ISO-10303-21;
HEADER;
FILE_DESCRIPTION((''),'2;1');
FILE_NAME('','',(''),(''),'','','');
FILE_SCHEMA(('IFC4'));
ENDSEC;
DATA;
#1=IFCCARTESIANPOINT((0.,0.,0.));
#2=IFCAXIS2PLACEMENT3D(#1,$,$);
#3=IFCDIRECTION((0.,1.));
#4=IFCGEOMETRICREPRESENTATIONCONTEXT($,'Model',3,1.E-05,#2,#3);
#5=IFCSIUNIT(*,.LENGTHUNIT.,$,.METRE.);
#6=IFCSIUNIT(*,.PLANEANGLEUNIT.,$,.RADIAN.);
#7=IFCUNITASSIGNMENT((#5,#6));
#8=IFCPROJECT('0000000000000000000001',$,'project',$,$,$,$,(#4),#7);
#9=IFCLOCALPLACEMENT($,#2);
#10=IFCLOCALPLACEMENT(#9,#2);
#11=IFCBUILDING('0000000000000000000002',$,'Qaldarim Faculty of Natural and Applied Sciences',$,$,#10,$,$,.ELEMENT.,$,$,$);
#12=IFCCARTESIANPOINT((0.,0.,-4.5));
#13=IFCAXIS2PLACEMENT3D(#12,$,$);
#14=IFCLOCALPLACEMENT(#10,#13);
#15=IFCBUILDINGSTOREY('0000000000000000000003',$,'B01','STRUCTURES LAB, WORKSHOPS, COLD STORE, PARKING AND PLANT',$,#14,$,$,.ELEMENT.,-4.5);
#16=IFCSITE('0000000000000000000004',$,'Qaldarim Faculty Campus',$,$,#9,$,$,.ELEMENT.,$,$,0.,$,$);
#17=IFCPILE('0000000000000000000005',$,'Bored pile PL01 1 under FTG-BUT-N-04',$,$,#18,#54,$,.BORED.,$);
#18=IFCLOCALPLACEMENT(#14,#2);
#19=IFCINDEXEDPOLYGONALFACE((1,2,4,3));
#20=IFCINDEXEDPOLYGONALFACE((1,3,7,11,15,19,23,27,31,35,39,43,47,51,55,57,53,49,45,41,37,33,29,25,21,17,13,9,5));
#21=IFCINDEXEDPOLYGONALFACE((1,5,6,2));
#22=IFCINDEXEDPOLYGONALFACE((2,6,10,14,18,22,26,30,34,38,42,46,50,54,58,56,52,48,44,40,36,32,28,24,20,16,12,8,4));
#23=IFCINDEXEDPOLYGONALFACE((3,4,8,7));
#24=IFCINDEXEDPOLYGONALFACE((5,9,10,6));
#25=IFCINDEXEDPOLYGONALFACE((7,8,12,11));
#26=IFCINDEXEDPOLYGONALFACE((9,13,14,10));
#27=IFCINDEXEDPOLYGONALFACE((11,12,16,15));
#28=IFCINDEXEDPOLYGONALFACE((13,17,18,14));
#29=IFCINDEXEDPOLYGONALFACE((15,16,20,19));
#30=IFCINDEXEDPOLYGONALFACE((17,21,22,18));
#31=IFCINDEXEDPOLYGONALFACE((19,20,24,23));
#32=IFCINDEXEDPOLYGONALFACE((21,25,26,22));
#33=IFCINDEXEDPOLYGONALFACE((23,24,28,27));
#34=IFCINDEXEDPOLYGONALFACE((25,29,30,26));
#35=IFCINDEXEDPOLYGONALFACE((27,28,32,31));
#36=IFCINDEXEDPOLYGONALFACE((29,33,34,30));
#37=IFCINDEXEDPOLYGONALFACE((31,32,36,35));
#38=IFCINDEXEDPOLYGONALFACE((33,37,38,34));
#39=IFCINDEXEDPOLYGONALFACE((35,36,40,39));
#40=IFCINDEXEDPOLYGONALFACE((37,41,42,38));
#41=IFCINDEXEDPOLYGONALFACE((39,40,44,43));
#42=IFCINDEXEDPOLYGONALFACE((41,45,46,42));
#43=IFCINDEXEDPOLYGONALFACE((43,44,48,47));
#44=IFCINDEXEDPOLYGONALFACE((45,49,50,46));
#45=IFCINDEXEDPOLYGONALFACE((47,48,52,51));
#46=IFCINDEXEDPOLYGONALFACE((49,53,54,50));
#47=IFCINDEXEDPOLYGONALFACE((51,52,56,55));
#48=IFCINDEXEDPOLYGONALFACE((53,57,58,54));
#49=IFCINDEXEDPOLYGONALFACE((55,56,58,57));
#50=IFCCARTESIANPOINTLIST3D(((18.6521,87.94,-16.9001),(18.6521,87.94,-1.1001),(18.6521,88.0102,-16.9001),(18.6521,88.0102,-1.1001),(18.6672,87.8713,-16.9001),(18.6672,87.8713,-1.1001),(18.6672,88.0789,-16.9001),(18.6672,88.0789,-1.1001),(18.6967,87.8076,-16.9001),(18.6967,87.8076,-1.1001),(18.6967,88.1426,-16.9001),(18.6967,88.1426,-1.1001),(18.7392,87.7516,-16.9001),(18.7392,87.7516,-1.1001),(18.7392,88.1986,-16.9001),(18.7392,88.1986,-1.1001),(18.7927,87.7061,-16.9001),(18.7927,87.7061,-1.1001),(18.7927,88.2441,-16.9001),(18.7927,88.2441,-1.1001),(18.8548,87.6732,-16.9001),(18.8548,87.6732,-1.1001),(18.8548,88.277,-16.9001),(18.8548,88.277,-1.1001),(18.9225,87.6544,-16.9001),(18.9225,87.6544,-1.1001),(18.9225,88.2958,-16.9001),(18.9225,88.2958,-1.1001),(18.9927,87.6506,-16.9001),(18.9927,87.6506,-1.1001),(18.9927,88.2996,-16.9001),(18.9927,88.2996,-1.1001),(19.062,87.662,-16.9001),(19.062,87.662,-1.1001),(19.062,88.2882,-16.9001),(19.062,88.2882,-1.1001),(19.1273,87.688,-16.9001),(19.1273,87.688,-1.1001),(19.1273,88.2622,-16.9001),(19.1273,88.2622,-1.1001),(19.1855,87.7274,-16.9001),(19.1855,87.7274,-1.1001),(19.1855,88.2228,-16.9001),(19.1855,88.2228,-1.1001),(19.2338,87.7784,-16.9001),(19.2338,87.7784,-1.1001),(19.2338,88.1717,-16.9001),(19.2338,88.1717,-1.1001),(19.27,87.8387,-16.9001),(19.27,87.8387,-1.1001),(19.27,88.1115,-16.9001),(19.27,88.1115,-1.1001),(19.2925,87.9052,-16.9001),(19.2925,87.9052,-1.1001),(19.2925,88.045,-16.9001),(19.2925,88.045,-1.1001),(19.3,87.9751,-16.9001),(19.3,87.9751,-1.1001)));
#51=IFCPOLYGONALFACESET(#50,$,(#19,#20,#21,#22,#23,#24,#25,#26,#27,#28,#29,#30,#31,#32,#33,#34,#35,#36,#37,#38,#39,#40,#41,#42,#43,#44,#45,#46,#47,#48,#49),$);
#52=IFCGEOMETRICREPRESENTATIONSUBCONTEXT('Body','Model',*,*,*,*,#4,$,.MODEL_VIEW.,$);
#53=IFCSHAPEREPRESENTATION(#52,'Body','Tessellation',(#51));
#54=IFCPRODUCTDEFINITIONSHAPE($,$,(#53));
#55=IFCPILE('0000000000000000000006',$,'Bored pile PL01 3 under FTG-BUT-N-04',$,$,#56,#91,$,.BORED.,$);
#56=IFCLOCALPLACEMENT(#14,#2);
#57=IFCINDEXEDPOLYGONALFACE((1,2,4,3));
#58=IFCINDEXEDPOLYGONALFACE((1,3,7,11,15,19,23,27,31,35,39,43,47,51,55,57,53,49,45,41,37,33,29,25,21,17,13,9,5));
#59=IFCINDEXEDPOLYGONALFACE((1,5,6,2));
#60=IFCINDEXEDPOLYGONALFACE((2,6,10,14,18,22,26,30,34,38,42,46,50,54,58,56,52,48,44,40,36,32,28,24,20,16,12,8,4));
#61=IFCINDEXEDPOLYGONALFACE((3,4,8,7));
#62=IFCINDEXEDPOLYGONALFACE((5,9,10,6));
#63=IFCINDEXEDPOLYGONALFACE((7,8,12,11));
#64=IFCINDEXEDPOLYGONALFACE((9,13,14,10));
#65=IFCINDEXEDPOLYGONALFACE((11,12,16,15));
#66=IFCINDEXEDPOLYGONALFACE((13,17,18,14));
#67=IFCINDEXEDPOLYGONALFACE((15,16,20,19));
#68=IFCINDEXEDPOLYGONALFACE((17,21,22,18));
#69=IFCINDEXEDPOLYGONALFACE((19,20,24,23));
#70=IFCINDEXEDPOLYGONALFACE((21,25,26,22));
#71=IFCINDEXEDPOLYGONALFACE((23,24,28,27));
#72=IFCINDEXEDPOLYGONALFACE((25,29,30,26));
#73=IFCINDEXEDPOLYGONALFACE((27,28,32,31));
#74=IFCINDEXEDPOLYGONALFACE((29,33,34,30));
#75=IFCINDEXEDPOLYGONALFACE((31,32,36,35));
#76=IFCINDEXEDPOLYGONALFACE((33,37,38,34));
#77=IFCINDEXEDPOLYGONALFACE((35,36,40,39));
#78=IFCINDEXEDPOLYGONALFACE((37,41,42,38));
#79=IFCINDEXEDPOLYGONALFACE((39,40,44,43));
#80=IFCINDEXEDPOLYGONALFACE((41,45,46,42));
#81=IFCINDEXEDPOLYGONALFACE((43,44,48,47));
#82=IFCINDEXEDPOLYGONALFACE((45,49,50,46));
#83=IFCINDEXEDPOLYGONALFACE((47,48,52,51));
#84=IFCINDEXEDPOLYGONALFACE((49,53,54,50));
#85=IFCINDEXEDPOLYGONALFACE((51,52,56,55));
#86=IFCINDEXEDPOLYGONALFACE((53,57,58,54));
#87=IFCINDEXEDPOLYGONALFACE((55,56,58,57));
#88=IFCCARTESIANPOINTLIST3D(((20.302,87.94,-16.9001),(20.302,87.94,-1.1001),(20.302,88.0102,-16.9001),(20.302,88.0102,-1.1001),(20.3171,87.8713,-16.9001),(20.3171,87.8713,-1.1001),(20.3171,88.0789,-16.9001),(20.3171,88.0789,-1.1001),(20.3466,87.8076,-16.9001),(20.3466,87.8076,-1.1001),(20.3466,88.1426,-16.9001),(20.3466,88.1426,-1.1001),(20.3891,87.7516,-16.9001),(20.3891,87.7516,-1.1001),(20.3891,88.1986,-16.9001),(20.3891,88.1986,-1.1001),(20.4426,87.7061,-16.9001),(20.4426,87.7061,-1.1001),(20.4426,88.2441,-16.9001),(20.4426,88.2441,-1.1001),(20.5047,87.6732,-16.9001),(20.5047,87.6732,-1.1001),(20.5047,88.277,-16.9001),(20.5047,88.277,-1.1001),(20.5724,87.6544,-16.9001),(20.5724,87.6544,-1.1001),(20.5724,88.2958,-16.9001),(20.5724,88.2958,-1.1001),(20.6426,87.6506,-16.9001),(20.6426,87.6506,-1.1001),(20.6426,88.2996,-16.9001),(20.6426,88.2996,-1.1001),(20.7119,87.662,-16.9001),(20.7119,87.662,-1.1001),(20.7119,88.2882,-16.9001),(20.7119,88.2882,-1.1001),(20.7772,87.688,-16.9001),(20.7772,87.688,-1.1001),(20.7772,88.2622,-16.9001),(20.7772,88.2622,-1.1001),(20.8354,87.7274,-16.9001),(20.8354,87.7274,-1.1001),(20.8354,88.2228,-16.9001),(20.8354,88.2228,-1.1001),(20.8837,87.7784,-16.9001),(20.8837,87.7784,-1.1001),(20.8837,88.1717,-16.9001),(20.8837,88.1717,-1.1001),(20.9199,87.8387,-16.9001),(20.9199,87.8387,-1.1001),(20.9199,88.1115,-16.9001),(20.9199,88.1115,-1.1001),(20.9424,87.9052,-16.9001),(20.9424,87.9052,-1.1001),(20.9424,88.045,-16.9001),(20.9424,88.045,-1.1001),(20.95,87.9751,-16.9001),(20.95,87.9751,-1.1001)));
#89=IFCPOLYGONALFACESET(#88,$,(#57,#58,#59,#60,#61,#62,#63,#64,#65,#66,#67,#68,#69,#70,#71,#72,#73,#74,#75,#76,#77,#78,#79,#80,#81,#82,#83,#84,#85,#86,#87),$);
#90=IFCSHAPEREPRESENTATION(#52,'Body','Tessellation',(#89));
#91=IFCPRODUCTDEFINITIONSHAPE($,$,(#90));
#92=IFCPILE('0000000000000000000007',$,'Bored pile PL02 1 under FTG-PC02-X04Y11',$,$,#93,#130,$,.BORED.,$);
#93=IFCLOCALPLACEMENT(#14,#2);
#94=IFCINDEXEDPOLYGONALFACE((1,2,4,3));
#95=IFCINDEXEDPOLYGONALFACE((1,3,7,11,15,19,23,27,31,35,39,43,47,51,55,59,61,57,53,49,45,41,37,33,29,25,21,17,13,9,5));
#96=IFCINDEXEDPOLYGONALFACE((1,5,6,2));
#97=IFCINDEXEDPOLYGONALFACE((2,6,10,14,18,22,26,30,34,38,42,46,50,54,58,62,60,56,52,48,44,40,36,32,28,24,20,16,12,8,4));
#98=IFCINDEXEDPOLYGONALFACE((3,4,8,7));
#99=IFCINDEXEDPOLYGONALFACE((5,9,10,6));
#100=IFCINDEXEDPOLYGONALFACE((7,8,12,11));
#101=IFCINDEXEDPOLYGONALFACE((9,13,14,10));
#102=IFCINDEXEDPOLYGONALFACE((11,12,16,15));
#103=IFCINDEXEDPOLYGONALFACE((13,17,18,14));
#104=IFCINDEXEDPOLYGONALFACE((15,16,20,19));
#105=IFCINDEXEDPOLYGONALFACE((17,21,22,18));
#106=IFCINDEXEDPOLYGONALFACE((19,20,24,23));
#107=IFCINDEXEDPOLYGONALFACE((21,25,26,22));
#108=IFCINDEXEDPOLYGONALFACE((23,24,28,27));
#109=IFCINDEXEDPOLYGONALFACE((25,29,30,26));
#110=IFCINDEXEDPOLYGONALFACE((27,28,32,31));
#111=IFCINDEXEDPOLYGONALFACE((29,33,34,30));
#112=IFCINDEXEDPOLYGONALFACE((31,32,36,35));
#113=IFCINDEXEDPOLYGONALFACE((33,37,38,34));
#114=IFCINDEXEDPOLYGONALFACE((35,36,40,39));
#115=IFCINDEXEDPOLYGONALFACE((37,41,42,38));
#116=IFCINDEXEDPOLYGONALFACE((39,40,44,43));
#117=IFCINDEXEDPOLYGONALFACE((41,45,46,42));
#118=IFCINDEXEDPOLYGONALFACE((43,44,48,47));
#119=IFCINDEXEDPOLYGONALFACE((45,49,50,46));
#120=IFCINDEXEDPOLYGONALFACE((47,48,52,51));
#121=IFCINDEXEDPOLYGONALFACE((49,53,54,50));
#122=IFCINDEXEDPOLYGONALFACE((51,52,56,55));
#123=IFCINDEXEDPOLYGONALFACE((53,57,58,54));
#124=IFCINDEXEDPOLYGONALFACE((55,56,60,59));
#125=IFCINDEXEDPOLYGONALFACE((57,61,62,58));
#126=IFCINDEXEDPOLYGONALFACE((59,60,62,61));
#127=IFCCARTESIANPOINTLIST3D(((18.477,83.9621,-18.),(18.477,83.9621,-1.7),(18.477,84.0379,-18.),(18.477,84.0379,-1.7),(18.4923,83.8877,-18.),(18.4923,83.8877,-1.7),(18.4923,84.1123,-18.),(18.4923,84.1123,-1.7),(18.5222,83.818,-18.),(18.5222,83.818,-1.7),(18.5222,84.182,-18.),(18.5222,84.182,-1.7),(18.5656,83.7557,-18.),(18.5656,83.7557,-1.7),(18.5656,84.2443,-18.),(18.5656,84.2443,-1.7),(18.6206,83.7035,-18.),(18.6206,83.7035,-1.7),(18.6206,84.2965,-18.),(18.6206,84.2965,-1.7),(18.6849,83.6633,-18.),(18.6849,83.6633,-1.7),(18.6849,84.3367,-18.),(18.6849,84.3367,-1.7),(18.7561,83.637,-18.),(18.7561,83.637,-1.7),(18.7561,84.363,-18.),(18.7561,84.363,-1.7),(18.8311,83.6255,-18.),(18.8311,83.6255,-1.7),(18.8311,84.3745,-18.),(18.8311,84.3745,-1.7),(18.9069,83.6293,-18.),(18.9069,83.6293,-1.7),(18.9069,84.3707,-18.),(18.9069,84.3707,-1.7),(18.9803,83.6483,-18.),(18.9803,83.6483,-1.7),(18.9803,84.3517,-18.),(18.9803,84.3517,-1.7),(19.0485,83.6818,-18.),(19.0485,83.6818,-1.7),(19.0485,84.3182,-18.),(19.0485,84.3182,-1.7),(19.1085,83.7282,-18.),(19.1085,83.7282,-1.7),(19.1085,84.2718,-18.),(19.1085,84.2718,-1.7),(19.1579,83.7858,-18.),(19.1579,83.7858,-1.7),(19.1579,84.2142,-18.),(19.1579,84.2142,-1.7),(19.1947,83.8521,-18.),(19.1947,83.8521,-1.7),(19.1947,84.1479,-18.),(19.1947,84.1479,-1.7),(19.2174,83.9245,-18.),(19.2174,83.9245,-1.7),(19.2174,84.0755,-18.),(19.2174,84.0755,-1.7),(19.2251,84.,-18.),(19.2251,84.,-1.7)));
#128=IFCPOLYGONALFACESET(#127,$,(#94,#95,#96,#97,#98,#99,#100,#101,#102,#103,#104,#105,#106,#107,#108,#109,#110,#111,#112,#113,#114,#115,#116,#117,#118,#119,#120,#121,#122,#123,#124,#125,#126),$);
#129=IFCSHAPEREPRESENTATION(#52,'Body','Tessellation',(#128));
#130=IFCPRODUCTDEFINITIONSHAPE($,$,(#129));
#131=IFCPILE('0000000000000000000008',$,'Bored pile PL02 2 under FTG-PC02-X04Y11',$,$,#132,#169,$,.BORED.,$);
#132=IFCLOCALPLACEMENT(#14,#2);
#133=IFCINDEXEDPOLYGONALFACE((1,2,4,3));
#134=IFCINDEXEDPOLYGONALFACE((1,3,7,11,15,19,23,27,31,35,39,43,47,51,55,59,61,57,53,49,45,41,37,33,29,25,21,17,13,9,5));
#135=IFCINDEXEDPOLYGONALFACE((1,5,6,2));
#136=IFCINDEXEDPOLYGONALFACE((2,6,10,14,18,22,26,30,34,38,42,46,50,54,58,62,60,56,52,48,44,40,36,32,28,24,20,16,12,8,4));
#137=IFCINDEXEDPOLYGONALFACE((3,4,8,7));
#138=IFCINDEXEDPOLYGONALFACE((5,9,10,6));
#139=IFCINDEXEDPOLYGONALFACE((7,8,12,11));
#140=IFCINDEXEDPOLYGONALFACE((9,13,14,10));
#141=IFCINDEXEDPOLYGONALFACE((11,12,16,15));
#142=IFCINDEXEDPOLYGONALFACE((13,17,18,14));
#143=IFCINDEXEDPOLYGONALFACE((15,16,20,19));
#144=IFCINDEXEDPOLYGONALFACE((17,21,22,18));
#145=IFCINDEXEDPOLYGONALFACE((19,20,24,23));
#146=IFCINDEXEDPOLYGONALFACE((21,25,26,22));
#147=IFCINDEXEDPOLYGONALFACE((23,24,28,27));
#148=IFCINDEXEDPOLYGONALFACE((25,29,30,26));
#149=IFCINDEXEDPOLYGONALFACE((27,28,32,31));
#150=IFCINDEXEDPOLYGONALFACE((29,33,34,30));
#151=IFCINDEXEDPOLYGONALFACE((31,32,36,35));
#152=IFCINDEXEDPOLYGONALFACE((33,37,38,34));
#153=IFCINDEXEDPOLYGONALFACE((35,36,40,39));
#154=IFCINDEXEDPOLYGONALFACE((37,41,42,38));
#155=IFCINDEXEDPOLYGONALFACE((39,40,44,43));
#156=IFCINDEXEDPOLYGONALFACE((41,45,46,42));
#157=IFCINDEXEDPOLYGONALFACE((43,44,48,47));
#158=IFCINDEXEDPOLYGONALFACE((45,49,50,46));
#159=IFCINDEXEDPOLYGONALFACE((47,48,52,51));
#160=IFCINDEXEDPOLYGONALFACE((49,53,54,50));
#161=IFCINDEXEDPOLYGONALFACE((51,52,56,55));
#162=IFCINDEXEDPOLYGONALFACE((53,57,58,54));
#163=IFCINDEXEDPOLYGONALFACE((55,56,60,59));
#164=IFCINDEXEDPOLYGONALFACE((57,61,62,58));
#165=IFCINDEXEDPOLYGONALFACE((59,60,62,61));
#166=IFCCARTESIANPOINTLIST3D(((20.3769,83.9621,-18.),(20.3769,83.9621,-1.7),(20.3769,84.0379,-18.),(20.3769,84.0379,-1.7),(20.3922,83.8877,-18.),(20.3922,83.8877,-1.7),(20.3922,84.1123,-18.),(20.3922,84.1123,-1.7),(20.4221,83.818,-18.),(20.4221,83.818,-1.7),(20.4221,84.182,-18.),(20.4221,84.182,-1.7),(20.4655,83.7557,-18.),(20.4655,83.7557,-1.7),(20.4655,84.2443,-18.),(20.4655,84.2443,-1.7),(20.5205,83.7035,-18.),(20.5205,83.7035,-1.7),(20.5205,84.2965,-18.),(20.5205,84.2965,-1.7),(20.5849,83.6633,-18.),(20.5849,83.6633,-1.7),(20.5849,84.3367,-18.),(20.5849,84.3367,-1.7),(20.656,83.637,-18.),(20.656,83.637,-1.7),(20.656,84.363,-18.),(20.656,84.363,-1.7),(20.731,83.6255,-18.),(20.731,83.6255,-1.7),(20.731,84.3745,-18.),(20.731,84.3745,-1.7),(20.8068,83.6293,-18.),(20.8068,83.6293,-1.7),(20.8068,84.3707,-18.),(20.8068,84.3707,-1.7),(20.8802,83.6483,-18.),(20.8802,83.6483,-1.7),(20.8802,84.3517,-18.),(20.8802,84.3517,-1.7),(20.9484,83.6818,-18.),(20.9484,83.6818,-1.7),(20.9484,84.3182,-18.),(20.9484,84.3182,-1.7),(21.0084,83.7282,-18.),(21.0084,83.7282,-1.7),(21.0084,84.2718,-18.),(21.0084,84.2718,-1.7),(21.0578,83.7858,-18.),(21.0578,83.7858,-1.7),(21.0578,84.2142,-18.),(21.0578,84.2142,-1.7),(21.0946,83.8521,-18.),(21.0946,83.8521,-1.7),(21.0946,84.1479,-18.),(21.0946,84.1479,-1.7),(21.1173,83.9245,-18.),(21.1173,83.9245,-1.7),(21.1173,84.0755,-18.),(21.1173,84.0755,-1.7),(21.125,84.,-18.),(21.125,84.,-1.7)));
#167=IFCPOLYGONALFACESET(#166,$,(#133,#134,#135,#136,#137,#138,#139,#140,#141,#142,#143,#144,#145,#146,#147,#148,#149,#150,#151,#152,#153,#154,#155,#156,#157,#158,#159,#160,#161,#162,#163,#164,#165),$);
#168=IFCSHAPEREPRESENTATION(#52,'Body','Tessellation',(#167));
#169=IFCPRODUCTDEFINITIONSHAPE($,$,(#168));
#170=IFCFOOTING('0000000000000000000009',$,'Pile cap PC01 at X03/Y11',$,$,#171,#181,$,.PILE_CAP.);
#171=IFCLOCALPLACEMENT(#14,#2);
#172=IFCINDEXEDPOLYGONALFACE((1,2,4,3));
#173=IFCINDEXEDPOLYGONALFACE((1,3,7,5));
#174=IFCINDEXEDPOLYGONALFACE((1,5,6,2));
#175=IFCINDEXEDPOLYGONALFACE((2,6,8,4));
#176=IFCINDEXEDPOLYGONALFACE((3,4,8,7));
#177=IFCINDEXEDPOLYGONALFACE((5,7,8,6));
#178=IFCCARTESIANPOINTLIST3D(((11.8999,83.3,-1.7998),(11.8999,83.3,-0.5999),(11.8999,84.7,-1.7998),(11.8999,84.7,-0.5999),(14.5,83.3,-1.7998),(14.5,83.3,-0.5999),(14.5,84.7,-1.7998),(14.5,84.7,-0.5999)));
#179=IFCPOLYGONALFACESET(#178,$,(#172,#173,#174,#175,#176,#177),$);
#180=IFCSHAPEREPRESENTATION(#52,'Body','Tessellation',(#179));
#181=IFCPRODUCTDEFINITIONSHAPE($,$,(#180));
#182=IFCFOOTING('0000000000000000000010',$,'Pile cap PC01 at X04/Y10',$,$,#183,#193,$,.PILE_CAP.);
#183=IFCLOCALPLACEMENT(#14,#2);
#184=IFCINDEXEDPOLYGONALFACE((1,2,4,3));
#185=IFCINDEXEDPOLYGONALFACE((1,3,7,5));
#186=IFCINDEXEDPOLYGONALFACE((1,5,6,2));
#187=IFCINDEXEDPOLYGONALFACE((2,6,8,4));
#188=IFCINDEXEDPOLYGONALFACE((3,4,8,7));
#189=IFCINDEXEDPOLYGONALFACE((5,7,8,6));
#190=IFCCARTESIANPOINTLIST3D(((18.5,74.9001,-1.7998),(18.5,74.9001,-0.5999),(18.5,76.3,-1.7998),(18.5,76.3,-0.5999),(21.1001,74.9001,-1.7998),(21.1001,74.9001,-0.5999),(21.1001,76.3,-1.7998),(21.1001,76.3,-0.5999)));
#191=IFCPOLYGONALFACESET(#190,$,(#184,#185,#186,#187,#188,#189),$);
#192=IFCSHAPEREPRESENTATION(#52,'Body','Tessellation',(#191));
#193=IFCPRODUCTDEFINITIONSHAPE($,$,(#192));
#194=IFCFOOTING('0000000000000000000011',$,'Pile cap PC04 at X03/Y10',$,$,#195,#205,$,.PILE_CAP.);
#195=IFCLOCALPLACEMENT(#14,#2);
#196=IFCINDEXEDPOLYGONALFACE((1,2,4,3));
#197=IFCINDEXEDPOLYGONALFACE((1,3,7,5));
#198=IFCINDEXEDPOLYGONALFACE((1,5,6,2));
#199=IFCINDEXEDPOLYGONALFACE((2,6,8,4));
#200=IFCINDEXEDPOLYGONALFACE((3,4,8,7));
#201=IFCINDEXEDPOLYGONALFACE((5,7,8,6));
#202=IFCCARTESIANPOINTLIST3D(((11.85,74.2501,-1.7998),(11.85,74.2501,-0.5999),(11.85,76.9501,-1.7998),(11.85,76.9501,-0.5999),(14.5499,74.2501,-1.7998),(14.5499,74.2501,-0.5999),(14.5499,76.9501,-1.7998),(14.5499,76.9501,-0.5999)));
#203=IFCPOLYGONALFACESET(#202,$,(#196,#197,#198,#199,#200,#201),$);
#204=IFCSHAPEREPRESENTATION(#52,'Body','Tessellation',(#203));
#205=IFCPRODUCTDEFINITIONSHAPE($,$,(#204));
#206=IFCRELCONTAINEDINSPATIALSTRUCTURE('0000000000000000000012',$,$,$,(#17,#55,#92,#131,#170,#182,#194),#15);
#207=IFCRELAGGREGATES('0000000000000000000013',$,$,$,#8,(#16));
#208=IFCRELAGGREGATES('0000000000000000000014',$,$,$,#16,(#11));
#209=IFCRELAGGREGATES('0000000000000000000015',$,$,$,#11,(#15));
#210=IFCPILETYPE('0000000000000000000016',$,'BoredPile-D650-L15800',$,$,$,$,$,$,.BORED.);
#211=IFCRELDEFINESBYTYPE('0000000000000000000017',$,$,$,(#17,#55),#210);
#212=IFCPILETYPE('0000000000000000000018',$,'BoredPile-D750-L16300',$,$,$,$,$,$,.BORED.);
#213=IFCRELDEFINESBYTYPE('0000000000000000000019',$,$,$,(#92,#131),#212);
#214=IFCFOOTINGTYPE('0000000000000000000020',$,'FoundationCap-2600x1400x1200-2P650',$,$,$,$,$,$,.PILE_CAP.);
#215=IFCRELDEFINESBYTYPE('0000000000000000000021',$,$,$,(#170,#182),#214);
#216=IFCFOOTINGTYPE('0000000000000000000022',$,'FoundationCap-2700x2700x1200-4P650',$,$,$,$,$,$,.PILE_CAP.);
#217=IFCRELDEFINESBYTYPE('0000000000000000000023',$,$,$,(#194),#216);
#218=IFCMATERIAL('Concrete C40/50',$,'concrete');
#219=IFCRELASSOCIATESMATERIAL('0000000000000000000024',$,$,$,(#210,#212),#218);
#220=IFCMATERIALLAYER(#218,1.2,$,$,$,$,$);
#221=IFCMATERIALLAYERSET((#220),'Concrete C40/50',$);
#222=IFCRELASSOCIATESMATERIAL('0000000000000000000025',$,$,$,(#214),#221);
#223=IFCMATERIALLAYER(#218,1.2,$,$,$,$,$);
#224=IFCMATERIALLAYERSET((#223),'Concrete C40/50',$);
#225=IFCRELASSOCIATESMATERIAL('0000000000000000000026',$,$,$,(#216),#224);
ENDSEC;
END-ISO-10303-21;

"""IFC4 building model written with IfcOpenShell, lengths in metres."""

from ifc_helpers import new_model, si_unit, direction, frame, origin, origin_2d, place, context, subcontext, project, spatial, rectangle, circle, extrude, material, layer, layer_set, material_profile, profile_set, type_object, element, save


model = new_model("IFC4")

# Units and contexts
model_context = context("Model", 3, precision=1e-05, world=origin(), true_north=direction((0.0, 1.0)))
body_context = subcontext(model_context, "Body", "Model", "MODEL_VIEW")
ifc_project = project(units=[si_unit("LENGTHUNIT", "METRE"), si_unit("PLANEANGLEUNIT", "RADIAN")], contexts=[model_context])

# Site, building, storey
site_placement = place(None, origin())
site = spatial("IfcSite", under=ifc_project, at=site_placement, Name="Qaldarim Faculty Campus", CompositionType="ELEMENT", RefElevation=0.0)
building_placement = place(site_placement, origin())
building = spatial("IfcBuilding", under=site, at=building_placement, Name="Qaldarim Faculty of Natural and Applied Sciences", CompositionType="ELEMENT")
storey_placement = place(building_placement, frame((0.0, 0.0, -4.5)))
storey = spatial("IfcBuildingStorey", under=building, at=storey_placement, Name="B01", Description="STRUCTURES LAB, WORKSHOPS, COLD STORE, PARKING AND PLANT", CompositionType="ELEMENT", Elevation=-4.5)

# Piles
ifc_material_1 = material(Name="Concrete C40/50", Category="concrete")
ifc_material_profile_1 = material_profile(ifc_material_1, circle(Radius=0.325, at=origin_2d()), Name="PILE-D650")
ifc_profile_set_1 = profile_set([ifc_material_profile_1], Name="Concrete C40/50")
pile_type_1 = type_object("IfcPileType", Name="BoredPile-D650-L15800", PredefinedType="BORED", material=ifc_profile_set_1)
for number, where, z_axis, x_axis, name in (
    (1, (18.9751, 87.9751, -1.1001), (0.0, 0.0, -1.0), (1.0, 0.0, 0.0), "Bored pile PL01 1 under FTG-BUT-N-04"),
    (2, (20.625, 87.9751, -1.1001), (0.0, 0.0, -1.0), (1.0, 0.0, 0.0), "Bored pile PL01 3 under FTG-BUT-N-04"),
):
    element("IfcPile", number, at=place(storey_placement, frame(where, z_axis=z_axis, x_axis=x_axis)), inside=storey, type_object=pile_type_1, Name=name, PredefinedType="BORED", context=body_context, shape_type="SweptSolid", body=[
        extrude(circle(Radius=0.325, at=origin_2d()), origin(), (0.0, 0.0, 1.0), 15.8),
    ])
ifc_material_profile_2 = material_profile(ifc_material_1, circle(Radius=0.375, at=origin_2d()), Name="PILE-D750")
ifc_profile_set_2 = profile_set([ifc_material_profile_2], Name="Concrete C40/50")
pile_type_2 = type_object("IfcPileType", Name="BoredPile-D750-L16300", PredefinedType="BORED", material=ifc_profile_set_2)
for number, where, z_axis, x_axis, name in (
    (3, (18.8501, 84.0, -1.7), (0.0, 0.0, -1.0), (1.0, 0.0, 0.0), "Bored pile PL02 1 under FTG-PC02-X04Y11"),
    (4, (20.75, 84.0, -1.7), (0.0, 0.0, -1.0), (1.0, 0.0, 0.0), "Bored pile PL02 2 under FTG-PC02-X04Y11"),
):
    element("IfcPile", number, at=place(storey_placement, frame(where, z_axis=z_axis, x_axis=x_axis)), inside=storey, type_object=pile_type_2, Name=name, PredefinedType="BORED", context=body_context, shape_type="SweptSolid", body=[
        extrude(circle(Radius=0.375, at=origin_2d()), origin(), (0.0, 0.0, 1.0), 16.3),
    ])

# Footings
ifc_layer_1 = layer(ifc_material_1, 1.2)
ifc_layer_set_1 = layer_set([ifc_layer_1], Name="Concrete C40/50")
footing_type_1 = type_object("IfcFootingType", Name="FoundationCap-2600x1400x1200-2P650", PredefinedType="PILE_CAP", material=ifc_layer_set_1)
for number, where, z_axis, x_axis, name in (
    (5, (13.2, 84.0, -1.7998), (0.0, 0.0, 1.0), (1.0, 0.0, 0.0), "Pile cap PC01 at X03/Y11"),
    (6, (19.8, 75.6001, -1.7998), (0.0, 0.0, 1.0), (1.0, 0.0, 0.0), "Pile cap PC01 at X04/Y10"),
):
    element("IfcFooting", number, at=place(storey_placement, frame(where, z_axis=z_axis, x_axis=x_axis)), inside=storey, type_object=footing_type_1, Name=name, PredefinedType="PILE_CAP", context=body_context, shape_type="SweptSolid", body=[
        extrude(rectangle(XDim=2.6001, YDim=1.3999, at=origin_2d()), origin(), (0.0, 0.0, 1.0), 1.2),
    ])
ifc_layer_2 = layer(ifc_material_1, 1.2)
ifc_layer_set_2 = layer_set([ifc_layer_2], Name="Concrete C40/50")
footing_type_2 = type_object("IfcFootingType", Name="FoundationCap-2700x2700x1200-4P650", PredefinedType="PILE_CAP", material=ifc_layer_set_2)
footing_1_placement = place(storey_placement, frame((13.2, 75.6001, -1.7998), z_axis=(0.0, 0.0, 1.0), x_axis=(1.0, 0.0, 0.0)))
element("IfcFooting", 7, at=footing_1_placement, inside=storey, type_object=footing_type_2, Name="Pile cap PC04 at X03/Y10", PredefinedType="PILE_CAP", context=body_context, shape_type="SweptSolid", body=[
    extrude(rectangle(XDim=2.7, YDim=2.7, at=origin_2d()), origin(), (0.0, 0.0, 1.0), 1.2),
])

save(model, "model.ifc")
